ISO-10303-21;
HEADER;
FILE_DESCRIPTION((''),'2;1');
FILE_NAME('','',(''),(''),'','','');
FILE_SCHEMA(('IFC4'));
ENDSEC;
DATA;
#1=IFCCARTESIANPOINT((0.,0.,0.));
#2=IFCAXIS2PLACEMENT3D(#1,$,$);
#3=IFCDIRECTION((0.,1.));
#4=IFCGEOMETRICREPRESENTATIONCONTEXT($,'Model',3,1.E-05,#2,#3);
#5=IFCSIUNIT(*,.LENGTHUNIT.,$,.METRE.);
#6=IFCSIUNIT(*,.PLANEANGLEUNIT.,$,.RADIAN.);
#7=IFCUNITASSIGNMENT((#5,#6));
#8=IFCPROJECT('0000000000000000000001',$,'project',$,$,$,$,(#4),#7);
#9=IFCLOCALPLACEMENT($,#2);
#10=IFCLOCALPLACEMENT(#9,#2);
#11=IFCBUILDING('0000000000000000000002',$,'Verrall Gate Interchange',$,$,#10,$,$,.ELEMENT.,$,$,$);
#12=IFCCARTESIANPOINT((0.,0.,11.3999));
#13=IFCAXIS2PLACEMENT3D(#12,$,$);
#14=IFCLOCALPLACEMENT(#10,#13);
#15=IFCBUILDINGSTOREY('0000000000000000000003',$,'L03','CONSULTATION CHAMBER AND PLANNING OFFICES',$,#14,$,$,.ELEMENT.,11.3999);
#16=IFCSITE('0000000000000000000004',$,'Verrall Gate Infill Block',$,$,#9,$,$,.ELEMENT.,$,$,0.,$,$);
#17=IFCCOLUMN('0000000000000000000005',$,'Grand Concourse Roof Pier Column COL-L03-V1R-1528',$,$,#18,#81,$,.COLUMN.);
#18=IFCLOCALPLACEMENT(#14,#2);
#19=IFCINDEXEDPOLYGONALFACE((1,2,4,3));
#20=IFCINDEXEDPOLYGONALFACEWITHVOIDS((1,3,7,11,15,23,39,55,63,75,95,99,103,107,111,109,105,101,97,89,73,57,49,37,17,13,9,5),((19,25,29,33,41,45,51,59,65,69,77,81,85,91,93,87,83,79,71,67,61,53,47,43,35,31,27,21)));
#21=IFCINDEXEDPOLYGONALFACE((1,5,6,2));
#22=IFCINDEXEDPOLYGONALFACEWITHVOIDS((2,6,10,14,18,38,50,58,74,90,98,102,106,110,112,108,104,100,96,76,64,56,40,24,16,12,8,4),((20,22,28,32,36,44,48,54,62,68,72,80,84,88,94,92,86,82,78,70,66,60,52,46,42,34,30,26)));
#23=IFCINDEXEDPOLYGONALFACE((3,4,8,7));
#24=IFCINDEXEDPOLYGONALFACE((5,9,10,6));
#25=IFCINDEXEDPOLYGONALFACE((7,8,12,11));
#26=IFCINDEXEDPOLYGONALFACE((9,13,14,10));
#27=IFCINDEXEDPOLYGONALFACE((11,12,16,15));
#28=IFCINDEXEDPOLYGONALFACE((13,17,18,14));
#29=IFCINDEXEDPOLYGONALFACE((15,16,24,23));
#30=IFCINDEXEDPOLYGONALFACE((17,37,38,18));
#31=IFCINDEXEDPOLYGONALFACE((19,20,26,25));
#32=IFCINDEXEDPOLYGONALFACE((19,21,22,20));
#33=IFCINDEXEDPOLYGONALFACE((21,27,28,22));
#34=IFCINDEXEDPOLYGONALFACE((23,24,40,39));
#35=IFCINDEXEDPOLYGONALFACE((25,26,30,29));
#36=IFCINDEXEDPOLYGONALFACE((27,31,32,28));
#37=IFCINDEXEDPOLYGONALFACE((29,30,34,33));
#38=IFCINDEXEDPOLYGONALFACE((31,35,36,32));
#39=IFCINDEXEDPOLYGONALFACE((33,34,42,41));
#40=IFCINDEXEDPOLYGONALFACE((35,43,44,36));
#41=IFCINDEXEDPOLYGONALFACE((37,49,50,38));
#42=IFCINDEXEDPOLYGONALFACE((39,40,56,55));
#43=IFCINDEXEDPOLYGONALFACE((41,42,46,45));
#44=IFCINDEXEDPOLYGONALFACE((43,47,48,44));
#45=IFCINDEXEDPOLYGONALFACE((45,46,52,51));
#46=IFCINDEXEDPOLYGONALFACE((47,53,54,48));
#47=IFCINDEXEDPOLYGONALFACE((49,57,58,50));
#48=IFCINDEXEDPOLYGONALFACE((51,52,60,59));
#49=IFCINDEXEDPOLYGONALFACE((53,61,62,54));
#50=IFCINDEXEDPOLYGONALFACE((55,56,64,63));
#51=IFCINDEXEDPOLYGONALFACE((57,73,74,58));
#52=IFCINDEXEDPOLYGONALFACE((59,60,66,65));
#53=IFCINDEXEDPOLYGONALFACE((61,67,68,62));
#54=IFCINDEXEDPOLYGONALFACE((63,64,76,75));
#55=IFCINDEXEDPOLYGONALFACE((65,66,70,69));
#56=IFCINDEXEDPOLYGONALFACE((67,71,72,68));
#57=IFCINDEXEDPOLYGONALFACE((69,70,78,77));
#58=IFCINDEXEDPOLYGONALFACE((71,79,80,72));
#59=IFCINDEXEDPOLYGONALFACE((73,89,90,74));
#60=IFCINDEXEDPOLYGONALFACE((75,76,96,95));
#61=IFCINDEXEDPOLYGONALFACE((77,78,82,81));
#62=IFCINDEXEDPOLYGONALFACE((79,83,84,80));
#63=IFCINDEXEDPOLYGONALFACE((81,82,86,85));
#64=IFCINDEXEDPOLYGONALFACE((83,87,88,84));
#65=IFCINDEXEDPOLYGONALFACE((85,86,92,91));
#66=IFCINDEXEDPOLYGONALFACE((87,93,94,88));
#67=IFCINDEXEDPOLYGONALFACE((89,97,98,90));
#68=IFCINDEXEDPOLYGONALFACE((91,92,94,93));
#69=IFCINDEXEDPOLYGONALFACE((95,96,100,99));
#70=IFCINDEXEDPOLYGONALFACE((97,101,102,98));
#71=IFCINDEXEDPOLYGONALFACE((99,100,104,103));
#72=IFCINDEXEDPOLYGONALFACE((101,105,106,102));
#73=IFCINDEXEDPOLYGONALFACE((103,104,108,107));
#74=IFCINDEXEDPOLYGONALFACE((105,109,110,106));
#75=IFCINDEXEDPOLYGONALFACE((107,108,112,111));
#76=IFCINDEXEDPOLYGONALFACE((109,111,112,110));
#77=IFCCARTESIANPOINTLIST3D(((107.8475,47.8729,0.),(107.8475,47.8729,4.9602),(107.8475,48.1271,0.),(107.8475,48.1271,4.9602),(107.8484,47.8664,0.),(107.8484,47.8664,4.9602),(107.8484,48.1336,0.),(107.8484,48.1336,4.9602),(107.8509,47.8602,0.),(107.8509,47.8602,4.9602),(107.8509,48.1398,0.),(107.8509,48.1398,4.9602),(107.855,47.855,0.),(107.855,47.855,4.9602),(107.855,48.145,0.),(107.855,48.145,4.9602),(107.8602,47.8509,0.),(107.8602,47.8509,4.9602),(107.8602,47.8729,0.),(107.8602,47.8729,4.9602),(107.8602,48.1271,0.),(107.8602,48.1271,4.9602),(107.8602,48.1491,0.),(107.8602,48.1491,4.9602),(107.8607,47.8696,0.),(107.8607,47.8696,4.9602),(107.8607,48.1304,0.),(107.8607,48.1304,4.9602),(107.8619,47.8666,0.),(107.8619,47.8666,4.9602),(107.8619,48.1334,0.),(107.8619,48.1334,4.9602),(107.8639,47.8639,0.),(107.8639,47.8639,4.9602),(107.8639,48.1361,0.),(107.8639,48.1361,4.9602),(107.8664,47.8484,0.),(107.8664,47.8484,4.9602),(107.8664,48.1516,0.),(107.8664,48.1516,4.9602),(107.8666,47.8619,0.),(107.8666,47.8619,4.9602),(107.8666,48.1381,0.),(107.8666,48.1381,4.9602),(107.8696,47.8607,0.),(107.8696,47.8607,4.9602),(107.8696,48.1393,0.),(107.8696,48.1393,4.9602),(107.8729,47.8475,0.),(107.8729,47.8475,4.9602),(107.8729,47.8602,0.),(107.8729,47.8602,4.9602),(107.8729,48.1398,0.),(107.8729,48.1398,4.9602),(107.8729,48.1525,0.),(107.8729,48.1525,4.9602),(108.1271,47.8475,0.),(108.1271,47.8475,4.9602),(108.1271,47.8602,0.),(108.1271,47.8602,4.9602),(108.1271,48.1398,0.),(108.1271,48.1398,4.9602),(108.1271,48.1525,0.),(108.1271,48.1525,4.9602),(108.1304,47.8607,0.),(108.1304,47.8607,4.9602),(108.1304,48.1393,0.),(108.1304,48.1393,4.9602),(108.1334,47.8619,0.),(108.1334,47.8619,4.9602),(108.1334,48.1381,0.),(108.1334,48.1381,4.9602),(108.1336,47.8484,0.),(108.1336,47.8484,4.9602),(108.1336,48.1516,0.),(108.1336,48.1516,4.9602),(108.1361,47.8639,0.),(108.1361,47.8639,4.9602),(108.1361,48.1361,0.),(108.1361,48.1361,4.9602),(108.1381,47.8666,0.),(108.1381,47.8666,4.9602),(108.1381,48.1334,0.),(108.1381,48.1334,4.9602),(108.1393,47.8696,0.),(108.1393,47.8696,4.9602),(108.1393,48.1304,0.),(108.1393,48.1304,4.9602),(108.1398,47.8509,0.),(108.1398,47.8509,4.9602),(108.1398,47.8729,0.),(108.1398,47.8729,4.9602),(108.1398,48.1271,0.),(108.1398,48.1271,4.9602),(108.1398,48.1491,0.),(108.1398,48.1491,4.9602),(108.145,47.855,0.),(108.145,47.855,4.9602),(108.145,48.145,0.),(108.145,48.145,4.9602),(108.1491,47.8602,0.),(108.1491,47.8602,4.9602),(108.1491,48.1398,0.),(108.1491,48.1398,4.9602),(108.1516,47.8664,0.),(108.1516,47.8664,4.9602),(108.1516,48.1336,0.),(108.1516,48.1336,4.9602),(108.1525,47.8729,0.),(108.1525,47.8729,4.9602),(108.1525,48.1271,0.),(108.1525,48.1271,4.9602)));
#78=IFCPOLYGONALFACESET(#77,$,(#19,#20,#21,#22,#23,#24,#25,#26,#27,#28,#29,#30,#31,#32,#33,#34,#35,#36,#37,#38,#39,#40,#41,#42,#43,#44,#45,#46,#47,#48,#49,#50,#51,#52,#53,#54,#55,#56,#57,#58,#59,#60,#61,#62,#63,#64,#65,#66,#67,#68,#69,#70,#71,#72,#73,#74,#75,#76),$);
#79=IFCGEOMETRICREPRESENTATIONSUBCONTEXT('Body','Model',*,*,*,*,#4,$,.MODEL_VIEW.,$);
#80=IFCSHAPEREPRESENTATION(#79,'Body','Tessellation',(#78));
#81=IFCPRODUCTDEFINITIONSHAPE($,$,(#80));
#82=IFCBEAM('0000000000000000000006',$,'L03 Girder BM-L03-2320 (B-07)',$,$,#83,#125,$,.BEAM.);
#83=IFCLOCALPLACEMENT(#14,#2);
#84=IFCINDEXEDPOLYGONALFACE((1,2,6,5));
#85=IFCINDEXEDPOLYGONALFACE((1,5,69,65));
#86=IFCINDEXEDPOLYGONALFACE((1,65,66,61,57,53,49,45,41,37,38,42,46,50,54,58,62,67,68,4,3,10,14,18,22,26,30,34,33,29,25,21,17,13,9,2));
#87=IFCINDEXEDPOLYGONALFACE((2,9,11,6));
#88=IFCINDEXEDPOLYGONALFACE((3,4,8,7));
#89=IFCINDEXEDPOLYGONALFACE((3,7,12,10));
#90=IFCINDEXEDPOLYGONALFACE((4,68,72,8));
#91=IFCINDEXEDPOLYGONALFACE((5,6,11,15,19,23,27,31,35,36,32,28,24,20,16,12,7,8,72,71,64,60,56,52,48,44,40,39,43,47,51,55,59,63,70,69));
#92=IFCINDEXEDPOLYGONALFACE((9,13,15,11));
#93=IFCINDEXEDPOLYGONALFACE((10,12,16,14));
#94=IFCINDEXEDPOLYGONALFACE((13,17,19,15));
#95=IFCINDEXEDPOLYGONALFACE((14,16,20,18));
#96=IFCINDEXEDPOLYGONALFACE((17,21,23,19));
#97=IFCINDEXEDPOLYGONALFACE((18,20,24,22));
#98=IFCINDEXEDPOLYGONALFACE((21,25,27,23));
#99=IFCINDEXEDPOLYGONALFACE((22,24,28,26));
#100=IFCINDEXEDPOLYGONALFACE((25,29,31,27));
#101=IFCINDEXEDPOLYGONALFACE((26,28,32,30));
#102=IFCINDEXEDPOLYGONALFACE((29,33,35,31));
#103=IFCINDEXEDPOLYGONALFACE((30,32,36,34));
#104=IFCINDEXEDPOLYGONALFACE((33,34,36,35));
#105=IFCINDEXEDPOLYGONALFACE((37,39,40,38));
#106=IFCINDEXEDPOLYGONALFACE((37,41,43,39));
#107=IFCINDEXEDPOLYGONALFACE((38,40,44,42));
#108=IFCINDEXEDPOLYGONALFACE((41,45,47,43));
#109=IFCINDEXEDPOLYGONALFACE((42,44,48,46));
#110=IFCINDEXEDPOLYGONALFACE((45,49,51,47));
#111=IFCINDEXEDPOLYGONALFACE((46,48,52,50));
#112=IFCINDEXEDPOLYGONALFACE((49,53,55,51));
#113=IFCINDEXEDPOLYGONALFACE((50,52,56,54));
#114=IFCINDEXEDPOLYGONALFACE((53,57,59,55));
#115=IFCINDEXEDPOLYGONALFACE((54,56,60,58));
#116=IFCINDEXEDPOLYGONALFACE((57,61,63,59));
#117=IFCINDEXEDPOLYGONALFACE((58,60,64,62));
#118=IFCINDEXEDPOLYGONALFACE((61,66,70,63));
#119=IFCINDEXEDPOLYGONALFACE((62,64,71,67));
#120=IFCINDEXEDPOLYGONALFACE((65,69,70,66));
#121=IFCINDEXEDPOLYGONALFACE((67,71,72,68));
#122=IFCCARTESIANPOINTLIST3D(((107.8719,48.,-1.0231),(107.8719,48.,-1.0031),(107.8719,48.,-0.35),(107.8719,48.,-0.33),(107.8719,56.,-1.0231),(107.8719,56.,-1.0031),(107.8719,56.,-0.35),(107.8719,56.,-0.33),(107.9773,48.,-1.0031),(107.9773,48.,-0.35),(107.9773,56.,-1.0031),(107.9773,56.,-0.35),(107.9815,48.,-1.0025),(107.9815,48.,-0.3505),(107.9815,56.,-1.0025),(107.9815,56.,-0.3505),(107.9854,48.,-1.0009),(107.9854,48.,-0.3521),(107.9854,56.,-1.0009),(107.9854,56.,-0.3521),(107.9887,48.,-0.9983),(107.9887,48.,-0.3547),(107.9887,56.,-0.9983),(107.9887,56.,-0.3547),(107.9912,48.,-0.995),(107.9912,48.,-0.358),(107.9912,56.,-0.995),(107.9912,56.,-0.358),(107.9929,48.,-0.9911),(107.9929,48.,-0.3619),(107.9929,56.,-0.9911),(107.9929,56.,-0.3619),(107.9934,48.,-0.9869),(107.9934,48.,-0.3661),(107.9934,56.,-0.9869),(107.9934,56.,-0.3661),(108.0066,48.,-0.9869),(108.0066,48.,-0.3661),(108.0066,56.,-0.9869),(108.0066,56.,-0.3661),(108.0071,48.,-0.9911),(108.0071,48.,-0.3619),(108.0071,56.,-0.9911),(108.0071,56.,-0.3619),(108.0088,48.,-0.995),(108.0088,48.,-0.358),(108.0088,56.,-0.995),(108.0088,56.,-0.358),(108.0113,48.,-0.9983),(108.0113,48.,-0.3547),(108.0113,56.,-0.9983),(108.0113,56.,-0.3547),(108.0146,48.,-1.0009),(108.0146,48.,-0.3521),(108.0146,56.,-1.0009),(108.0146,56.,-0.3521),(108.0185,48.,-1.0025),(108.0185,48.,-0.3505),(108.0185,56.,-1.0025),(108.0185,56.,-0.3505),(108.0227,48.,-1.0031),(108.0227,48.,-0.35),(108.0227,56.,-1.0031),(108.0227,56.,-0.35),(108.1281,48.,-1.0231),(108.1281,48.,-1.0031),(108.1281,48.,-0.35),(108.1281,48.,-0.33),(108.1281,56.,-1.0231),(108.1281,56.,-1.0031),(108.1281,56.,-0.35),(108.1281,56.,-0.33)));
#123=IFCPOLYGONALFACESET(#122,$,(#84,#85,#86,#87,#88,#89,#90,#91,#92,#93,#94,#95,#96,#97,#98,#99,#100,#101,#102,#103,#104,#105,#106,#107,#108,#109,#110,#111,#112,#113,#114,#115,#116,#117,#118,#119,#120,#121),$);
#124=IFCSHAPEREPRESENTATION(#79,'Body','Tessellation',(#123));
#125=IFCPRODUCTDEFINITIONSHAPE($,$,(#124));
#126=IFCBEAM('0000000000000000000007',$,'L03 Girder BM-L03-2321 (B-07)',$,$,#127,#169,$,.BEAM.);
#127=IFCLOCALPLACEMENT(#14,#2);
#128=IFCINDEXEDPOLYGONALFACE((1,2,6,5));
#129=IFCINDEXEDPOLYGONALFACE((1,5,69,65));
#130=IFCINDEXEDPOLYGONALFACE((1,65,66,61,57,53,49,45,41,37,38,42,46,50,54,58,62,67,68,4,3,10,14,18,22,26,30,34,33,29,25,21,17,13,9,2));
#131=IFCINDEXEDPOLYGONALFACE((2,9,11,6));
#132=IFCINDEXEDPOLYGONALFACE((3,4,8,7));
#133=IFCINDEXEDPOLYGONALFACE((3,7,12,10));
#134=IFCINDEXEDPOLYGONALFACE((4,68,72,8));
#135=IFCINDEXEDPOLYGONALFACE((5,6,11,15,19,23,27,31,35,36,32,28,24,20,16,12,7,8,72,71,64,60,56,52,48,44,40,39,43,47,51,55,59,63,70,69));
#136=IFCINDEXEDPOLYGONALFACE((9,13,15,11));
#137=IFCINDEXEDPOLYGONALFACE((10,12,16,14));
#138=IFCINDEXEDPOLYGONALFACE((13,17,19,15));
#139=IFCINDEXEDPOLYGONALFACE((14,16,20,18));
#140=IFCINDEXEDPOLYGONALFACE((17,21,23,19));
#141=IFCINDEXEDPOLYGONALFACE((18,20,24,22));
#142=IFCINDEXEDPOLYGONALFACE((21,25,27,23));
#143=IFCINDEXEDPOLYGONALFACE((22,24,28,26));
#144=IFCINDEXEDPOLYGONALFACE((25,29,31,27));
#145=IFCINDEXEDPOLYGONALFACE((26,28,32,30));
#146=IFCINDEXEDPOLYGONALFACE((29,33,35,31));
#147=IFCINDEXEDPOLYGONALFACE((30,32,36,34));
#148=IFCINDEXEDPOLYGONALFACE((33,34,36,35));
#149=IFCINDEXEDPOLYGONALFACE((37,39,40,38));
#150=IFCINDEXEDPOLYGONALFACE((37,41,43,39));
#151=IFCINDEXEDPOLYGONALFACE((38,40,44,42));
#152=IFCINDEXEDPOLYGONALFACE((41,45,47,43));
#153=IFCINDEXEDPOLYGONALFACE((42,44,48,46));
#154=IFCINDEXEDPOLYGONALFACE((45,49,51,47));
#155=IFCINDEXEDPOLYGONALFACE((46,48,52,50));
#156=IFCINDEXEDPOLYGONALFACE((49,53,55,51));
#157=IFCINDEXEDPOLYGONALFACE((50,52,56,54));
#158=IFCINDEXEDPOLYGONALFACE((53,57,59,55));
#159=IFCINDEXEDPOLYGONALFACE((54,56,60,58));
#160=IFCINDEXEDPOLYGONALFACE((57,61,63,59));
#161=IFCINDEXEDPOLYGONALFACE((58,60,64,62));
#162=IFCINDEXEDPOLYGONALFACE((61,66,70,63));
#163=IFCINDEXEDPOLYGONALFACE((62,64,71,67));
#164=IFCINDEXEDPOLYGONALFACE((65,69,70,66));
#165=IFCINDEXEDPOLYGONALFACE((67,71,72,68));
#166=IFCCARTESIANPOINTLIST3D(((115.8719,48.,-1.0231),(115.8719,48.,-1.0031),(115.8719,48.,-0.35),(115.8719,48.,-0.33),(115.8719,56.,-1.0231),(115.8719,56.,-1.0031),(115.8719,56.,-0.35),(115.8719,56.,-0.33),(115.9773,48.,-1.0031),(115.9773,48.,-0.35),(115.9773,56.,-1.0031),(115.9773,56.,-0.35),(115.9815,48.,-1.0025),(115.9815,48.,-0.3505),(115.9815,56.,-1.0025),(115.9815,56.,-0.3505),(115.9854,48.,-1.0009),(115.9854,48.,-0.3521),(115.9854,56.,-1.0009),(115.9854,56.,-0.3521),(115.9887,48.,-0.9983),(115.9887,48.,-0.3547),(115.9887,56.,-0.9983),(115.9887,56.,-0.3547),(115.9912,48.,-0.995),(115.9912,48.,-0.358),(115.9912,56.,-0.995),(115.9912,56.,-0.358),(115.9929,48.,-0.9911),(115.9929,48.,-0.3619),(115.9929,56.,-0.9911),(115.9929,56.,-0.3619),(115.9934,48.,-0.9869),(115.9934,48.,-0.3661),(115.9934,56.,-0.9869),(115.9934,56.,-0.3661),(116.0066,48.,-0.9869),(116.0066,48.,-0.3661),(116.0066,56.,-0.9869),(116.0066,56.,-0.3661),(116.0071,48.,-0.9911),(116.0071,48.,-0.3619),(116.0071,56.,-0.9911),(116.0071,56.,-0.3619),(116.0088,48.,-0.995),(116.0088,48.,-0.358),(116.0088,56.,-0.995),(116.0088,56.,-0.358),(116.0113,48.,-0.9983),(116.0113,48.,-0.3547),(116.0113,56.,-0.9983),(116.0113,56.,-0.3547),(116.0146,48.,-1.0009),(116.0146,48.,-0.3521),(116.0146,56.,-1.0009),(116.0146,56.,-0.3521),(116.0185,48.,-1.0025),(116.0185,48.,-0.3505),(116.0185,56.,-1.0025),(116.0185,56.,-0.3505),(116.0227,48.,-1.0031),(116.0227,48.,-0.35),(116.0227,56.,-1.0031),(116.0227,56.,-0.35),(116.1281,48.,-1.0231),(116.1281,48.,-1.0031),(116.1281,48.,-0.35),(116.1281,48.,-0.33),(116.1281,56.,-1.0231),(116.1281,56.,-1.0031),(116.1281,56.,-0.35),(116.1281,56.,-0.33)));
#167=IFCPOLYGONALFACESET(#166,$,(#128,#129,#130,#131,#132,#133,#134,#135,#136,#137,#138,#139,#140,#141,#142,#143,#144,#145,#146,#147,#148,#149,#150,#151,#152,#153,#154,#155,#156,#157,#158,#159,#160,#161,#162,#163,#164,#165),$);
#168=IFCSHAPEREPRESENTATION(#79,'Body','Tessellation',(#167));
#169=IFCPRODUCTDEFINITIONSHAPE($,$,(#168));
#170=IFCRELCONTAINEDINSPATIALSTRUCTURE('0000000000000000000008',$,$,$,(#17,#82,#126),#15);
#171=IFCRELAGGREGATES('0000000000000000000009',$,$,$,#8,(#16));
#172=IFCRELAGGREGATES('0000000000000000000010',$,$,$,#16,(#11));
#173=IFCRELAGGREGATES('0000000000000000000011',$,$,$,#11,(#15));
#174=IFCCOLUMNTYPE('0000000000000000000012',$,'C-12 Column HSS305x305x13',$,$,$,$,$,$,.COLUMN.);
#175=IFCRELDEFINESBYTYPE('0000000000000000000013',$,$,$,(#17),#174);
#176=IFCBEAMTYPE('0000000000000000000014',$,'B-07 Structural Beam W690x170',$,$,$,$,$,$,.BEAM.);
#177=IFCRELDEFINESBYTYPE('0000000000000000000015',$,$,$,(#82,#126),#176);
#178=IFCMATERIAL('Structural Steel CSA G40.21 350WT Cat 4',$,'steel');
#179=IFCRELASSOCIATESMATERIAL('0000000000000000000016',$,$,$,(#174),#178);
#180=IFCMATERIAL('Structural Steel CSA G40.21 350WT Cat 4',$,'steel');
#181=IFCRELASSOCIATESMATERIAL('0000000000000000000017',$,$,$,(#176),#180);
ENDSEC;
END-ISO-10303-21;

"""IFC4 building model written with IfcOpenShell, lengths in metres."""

from ifc_helpers import new_model, si_unit, direction, frame, origin, origin_2d, place, context, subcontext, project, spatial, hollow_rectangle, i_section, extrude, material, material_profile, profile_set, type_object, element, save


model = new_model("IFC4")

# Units and contexts
model_context = context("Model", 3, precision=1e-05, world=origin(), true_north=direction((0.0, 1.0)))
body_context = subcontext(model_context, "Body", "Model", "MODEL_VIEW")
ifc_project = project(units=[si_unit("LENGTHUNIT", "METRE"), si_unit("PLANEANGLEUNIT", "RADIAN")], contexts=[model_context])

# Site, building, storey
site_placement = place(None, origin())
site = spatial("IfcSite", under=ifc_project, at=site_placement, Name="Verrall Gate Infill Block", CompositionType="ELEMENT", RefElevation=0.0)
building_placement = place(site_placement, origin())
building = spatial("IfcBuilding", under=site, at=building_placement, Name="Verrall Gate Interchange", CompositionType="ELEMENT")
storey_placement = place(building_placement, frame((0.0, 0.0, 11.3999)))
storey = spatial("IfcBuildingStorey", under=building, at=storey_placement, Name="L03", Description="CONSULTATION CHAMBER AND PLANNING OFFICES", CompositionType="ELEMENT", Elevation=11.3999)

# Column
ifc_material_1 = material(Name="Structural Steel CSA G40.21 350WT Cat 4", Category="steel")
ifc_material_profile_1 = material_profile(ifc_material_1, hollow_rectangle(XDim=0.3049, YDim=0.3049, WallThickness=0.0127, InnerFilletRadius=0.0127, OuterFilletRadius=0.0254, at=origin_2d()), Name="HSS305x305x13")
ifc_profile_set_1 = profile_set([ifc_material_profile_1], Name="Structural Steel CSA G40.21 350WT Cat 4")
column_type = type_object("IfcColumnType", Name="C-12 Column HSS305x305x13", PredefinedType="COLUMN", material=ifc_profile_set_1)
column_placement = place(storey_placement, frame((108.0, 48.0, 0.0), z_axis=(0.0, 0.0, 1.0), x_axis=(1.0, 0.0, 0.0)))
element("IfcColumn", 1, at=column_placement, inside=storey, type_object=column_type, Name="Grand Concourse Roof Pier Column COL-L03-V1R-1528", PredefinedType="COLUMN", context=body_context, shape_type="SweptSolid", body=[
    extrude(hollow_rectangle(XDim=0.3049, YDim=0.3049, WallThickness=0.0127, InnerFilletRadius=0.0127, OuterFilletRadius=0.0254, at=origin_2d()), origin(), (0.0, 0.0, 1.0), 4.9602),
])

# Beams
ifc_material_2 = material(Name="Structural Steel CSA G40.21 350WT Cat 4", Category="steel")
ifc_material_profile_2 = material_profile(ifc_material_2, i_section(OverallWidth=0.2561, OverallDepth=0.6931, WebThickness=0.0132, FlangeThickness=0.02, FilletRadius=0.0161, at=origin_2d()), Name="W690x170")
ifc_profile_set_2 = profile_set([ifc_material_profile_2], Name="Structural Steel CSA G40.21 350WT Cat 4")
beam_type_1 = type_object("IfcBeamType", Name="B-07 Structural Beam W690x170", PredefinedType="BEAM", material=ifc_profile_set_2)
for number, where, z_axis, x_axis, name in (
    (2, (108.0, 48.0, -0.6765), (0.0, 1.0, 0.0), (-1.0, 0.0, 0.0), "L03 Girder BM-L03-2320 (B-07)"),
    (3, (116.0, 48.0, -0.6765), (0.0, 1.0, 0.0), (-1.0, 0.0, 0.0), "L03 Girder BM-L03-2321 (B-07)"),
):
    element("IfcBeam", number, at=place(storey_placement, frame(where, z_axis=z_axis, x_axis=x_axis)), inside=storey, type_object=beam_type_1, Name=name, PredefinedType="BEAM", context=body_context, shape_type="SweptSolid", body=[
        extrude(i_section(OverallWidth=0.2561, OverallDepth=0.6931, WebThickness=0.0132, FlangeThickness=0.02, FilletRadius=0.0161, at=origin_2d()), origin(), (0.0, 0.0, 1.0), 8.0),
    ])

save(model, "model.ifc")
